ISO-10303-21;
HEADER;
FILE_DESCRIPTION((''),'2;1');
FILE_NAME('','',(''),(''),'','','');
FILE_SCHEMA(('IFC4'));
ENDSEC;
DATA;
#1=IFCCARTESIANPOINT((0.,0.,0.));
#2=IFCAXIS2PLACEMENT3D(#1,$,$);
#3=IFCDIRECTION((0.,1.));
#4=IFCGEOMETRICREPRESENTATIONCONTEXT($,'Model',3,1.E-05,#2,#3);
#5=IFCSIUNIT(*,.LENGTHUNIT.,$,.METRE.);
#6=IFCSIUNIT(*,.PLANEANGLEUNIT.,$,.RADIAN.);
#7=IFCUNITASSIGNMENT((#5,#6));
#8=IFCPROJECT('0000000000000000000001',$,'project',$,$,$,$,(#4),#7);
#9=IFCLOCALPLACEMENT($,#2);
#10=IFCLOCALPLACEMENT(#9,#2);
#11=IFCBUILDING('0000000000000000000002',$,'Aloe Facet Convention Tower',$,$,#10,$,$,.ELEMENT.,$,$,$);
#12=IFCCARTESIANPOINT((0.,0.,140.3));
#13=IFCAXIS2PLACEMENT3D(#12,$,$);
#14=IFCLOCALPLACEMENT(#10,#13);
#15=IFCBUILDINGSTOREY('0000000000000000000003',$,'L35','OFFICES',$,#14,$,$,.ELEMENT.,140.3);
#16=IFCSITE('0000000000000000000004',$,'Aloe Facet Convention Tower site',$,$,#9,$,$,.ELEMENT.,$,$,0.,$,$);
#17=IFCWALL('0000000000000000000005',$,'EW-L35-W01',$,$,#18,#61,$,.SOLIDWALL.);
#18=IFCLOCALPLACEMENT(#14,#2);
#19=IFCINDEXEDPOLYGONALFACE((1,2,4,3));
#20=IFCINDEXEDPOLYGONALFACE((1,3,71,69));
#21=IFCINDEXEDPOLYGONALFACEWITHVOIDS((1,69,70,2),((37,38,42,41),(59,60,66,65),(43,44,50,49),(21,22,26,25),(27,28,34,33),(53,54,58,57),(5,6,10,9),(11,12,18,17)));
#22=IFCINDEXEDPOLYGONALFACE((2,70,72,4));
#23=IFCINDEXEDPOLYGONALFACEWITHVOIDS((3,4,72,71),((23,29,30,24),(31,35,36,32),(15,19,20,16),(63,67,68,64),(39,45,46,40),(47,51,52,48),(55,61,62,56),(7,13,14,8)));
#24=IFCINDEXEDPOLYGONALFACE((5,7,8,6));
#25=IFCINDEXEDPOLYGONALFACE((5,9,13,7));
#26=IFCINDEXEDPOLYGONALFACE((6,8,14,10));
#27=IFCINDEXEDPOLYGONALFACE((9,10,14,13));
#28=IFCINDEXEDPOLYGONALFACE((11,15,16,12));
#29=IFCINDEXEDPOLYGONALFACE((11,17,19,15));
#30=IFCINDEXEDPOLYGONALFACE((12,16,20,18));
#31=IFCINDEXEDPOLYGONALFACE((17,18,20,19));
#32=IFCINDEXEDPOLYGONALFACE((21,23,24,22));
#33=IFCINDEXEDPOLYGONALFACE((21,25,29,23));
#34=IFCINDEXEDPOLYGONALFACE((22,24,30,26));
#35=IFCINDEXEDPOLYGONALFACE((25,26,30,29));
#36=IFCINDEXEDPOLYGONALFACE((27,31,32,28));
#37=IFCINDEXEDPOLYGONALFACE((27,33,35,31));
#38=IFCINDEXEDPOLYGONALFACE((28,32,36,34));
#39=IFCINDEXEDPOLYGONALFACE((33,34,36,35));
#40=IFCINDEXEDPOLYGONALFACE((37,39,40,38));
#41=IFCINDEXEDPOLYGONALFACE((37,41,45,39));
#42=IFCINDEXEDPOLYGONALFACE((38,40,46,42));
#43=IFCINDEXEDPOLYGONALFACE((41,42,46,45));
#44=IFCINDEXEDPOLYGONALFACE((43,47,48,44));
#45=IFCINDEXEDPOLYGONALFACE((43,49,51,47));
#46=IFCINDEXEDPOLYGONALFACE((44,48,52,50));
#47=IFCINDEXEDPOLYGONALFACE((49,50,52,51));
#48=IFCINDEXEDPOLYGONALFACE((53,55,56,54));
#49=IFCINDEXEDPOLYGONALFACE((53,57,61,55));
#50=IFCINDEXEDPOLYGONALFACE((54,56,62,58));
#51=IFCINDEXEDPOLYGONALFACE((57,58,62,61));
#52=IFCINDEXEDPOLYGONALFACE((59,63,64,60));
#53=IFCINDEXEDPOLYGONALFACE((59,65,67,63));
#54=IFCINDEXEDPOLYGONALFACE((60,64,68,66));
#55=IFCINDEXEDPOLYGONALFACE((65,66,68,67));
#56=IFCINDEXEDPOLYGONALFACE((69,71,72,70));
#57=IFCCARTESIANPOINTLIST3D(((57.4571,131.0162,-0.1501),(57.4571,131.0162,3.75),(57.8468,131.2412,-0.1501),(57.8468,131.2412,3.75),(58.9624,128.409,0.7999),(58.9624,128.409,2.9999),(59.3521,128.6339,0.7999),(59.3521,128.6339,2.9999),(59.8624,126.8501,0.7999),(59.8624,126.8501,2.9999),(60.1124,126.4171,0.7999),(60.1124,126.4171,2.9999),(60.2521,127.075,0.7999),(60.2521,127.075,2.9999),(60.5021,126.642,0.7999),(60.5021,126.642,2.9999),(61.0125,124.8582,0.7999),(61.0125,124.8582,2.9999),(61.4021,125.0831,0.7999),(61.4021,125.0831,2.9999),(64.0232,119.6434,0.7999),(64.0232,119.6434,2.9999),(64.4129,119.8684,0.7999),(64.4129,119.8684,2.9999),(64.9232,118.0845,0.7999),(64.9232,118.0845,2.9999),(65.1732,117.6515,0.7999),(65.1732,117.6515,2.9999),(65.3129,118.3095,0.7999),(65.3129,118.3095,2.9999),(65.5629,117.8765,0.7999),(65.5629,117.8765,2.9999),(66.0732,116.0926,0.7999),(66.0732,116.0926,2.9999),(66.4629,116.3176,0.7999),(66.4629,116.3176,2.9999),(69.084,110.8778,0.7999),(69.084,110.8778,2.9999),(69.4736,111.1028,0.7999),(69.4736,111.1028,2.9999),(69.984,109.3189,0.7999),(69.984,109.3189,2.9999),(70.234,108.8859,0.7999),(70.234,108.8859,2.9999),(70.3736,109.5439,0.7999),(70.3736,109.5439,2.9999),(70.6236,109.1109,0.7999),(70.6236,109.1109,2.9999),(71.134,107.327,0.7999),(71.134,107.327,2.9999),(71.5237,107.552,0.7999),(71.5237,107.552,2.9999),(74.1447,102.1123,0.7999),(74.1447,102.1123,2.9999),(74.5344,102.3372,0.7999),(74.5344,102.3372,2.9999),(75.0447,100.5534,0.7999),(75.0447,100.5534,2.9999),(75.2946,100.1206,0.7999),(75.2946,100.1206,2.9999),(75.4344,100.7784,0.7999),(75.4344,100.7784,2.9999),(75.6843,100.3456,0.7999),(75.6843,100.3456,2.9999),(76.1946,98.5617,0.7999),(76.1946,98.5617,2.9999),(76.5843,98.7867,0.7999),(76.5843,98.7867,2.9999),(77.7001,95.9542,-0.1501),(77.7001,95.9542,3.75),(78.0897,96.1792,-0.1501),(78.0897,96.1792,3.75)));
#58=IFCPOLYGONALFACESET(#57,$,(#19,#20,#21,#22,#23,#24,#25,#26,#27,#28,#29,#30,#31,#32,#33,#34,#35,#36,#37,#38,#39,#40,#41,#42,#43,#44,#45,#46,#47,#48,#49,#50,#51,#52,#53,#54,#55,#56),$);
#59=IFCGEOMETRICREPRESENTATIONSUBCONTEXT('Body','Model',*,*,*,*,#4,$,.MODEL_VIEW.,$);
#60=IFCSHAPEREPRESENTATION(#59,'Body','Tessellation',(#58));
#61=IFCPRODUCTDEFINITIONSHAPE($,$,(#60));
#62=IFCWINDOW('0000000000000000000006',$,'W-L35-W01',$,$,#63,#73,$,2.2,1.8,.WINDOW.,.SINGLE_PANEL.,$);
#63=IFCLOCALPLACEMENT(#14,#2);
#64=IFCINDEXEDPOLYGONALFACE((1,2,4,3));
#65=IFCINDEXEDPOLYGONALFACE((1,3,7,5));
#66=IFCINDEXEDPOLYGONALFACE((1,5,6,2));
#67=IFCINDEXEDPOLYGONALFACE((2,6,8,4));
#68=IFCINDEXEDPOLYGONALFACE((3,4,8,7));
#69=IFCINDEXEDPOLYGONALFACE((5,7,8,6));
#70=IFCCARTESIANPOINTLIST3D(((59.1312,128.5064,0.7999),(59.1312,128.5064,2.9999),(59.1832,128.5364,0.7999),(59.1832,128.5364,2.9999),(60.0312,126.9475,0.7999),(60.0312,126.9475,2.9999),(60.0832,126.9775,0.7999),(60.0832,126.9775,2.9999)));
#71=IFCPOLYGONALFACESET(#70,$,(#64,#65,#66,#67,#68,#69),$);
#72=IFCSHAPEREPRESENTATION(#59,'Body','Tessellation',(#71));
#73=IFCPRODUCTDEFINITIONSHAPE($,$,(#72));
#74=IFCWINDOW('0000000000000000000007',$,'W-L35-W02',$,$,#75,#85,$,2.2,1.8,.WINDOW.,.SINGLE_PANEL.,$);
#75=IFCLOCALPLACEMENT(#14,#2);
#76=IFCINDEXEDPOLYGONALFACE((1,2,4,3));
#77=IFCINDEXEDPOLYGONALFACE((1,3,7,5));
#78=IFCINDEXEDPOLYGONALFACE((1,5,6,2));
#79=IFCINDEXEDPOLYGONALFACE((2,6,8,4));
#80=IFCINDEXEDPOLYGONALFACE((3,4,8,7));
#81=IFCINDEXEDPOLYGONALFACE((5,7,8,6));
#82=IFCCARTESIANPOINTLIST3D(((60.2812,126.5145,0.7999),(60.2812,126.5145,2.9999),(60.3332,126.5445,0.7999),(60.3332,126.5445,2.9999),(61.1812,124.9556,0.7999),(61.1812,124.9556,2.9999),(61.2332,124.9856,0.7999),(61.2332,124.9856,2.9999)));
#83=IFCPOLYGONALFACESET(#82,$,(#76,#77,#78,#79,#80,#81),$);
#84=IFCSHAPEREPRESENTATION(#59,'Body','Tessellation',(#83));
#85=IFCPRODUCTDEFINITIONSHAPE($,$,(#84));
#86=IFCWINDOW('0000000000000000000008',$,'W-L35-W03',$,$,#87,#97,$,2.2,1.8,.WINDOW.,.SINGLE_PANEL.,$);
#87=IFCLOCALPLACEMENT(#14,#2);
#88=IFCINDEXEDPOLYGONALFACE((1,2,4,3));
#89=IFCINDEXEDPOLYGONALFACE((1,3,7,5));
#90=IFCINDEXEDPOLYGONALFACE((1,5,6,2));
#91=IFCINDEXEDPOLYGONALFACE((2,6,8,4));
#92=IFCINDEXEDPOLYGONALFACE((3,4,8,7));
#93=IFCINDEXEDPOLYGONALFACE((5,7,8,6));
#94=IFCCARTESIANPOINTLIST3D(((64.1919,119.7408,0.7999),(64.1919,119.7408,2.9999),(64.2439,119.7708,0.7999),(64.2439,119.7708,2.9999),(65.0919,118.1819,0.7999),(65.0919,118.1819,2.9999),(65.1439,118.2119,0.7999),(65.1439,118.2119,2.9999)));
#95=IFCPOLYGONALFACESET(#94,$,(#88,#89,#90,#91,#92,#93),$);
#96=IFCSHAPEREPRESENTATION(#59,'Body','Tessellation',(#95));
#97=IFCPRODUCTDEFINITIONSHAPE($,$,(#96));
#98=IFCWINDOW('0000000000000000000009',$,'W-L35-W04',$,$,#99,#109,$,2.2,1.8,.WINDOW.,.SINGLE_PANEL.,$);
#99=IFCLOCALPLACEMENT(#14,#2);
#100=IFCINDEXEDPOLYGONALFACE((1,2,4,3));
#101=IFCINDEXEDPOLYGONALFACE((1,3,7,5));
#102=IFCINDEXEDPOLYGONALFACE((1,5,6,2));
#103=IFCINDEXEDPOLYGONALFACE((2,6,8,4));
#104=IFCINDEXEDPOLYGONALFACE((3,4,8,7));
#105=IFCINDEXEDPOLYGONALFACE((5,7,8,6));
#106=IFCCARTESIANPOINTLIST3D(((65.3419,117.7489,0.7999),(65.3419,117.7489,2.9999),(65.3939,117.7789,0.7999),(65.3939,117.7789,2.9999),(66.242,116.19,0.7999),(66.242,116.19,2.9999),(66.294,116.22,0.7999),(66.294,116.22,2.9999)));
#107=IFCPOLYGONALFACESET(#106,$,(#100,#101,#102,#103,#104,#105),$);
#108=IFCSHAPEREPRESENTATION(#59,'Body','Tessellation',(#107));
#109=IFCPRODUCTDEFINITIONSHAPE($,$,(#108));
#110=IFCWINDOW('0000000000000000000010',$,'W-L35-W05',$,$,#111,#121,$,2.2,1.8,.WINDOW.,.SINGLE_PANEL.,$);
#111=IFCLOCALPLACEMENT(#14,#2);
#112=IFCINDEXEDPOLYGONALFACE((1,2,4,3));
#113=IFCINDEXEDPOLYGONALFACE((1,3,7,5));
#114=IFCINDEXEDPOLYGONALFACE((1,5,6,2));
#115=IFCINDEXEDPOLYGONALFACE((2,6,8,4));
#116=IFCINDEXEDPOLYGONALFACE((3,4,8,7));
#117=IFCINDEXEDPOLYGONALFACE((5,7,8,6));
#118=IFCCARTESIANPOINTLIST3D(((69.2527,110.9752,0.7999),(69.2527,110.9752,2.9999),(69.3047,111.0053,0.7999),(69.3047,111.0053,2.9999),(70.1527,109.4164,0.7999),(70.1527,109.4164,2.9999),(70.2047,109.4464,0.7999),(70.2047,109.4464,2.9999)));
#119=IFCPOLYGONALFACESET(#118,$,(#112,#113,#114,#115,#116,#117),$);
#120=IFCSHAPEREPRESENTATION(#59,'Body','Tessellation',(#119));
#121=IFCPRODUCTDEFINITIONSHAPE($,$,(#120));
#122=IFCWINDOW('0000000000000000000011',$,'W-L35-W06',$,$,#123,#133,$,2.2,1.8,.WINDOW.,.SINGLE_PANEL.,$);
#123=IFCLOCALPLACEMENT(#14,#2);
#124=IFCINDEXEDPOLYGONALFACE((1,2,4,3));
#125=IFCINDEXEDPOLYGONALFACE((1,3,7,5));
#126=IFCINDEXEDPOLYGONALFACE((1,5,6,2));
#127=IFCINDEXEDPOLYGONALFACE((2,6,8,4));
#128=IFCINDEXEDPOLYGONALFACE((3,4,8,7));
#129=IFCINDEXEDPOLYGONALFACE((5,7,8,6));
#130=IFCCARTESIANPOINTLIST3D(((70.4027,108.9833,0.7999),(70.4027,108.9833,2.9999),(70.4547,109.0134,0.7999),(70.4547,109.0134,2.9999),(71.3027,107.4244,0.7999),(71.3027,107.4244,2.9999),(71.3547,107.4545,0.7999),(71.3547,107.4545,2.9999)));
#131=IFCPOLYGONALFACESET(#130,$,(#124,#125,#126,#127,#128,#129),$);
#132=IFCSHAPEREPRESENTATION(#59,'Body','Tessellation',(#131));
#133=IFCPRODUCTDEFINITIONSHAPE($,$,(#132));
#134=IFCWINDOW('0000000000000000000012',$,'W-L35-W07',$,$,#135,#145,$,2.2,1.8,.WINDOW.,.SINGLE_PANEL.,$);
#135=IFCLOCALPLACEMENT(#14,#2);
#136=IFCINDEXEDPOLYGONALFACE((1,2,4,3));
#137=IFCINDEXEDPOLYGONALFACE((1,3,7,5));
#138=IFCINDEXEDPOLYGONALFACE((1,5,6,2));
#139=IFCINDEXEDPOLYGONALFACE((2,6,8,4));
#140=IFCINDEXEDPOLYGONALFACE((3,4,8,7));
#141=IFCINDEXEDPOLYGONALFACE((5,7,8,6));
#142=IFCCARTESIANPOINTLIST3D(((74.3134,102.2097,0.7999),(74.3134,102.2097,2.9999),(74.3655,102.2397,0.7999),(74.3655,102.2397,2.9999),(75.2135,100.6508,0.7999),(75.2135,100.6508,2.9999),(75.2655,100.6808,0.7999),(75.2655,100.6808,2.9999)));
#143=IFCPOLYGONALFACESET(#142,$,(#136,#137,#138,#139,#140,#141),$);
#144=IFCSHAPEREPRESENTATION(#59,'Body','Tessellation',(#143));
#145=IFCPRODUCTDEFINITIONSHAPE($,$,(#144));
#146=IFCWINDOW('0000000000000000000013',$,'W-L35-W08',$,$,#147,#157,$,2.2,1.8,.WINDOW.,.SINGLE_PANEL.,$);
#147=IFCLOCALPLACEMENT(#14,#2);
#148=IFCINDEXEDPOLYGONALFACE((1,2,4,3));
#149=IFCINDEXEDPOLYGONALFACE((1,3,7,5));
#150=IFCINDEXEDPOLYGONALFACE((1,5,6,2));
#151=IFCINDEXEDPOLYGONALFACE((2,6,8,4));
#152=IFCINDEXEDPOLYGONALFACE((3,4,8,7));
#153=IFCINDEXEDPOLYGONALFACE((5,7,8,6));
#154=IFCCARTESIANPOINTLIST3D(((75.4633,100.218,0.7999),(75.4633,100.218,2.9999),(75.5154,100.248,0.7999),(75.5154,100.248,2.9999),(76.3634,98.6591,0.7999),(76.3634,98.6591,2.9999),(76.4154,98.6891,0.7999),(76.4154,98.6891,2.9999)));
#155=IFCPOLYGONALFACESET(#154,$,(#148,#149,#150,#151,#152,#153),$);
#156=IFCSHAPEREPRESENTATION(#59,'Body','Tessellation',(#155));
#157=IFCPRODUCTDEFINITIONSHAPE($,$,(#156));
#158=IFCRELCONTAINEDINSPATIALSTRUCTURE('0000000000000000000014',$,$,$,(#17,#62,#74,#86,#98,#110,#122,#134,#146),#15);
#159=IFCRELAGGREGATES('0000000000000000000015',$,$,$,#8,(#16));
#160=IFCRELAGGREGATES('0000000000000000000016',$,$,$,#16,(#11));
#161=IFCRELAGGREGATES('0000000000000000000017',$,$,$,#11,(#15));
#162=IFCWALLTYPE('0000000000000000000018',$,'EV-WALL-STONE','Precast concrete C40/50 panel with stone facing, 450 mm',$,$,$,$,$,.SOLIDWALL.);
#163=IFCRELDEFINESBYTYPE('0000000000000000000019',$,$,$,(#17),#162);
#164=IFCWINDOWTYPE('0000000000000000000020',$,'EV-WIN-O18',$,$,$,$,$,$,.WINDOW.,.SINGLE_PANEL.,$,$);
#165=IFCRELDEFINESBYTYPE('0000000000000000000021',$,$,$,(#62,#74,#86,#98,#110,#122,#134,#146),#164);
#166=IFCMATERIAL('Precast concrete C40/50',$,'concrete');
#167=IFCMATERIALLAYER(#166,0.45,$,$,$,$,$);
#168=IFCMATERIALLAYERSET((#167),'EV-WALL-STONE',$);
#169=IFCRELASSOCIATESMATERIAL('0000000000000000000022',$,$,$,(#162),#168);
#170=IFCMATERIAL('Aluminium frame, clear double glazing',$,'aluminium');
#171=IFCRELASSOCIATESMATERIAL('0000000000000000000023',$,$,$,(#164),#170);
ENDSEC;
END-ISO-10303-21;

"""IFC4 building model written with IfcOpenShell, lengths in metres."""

from ifc_helpers import new_model, si_unit, direction, frame, frame_2d, origin, place, context, subcontext, project, spatial, polyline, rectangle, outline, extrude, material, layer, layer_set, type_object, element, fill, save


model = new_model("IFC4")

# Units and contexts
model_context = context("Model", 3, precision=1e-05, world=origin(), true_north=direction((0.0, 1.0)))
body_context = subcontext(model_context, "Body", "Model", "MODEL_VIEW")
ifc_project = project(units=[si_unit("LENGTHUNIT", "METRE"), si_unit("PLANEANGLEUNIT", "RADIAN")], contexts=[model_context])

# Site, building, storey
site_placement = place(None, origin())
site = spatial("IfcSite", under=ifc_project, at=site_placement, Name="Aloe Facet Convention Tower site", CompositionType="ELEMENT", RefElevation=0.0)
building_placement = place(site_placement, origin())
building = spatial("IfcBuilding", under=site, at=building_placement, Name="Aloe Facet Convention Tower", CompositionType="ELEMENT")
storey_placement = place(building_placement, frame((0.0, 0.0, 140.3)))
storey = spatial("IfcBuildingStorey", under=building, at=storey_placement, Name="L35", Description="OFFICES", CompositionType="ELEMENT", Elevation=140.3)

# Wall, openings, windows
ifc_material_1 = material(Name="Precast concrete C40/50", Category="concrete")
ifc_layer_1 = layer(ifc_material_1, 0.45)
ifc_layer_set_1 = layer_set([ifc_layer_1], Name="EV-WALL-STONE")
wall_type = type_object("IfcWallType", Name="EV-WALL-STONE", Description="Precast concrete C40/50 panel with stone facing, 450 mm", PredefinedType="SOLIDWALL", material=ifc_layer_set_1)
wall_placement = place(storey_placement, frame((57.6519, 131.1287, -0.1501), z_axis=(0.0, 0.0, 1.0), x_axis=(0.499997, -0.866027, 0.0)))
wall = element("IfcWall", 1, at=wall_placement, inside=storey, type_object=wall_type, Name="EW-L35-W01", PredefinedType="SOLIDWALL", context=body_context, shape_type="SweptSolid", body=[
    extrude(outline(polyline([(40.4861, 0.0), (40.4861, 3.9001), (0.0, 3.9001), (0.0, 0.0), (40.4861, 0.0)])), frame((0.0, 0.2251, 0.0), z_axis=(0.0, -1.0, 0.0), x_axis=(1.0, 0.0, 0.0)), (0.0, 0.0, 1.0), 0.45),
])
opening_1_placement = place(wall_placement, frame((3.0107, 0.0, 0.95)))
opening_1 = element("IfcOpeningElement", 2, at=opening_1_placement, cuts=wall, PredefinedType="OPENING", context=body_context, shape_type="SweptSolid", body=[
    extrude(rectangle(XDim=1.8, YDim=2.2, at=frame_2d((0.8999, 1.1001))), frame((0.0, 0.2349, 0.0), z_axis=(0.0, -1.0, 0.0), x_axis=(1.0, 0.0, 0.0)), (0.0, 0.0, 1.0), 0.47),
])
opening_2_placement = place(wall_placement, frame((5.3108, 0.0, 0.95)))
opening_2 = element("IfcOpeningElement", 3, at=opening_2_placement, cuts=wall, PredefinedType="OPENING", context=body_context, shape_type="SweptSolid", body=[
    extrude(rectangle(XDim=1.8, YDim=2.2, at=frame_2d((0.8999, 1.1001))), frame((0.0, 0.2349, 0.0), z_axis=(0.0, -1.0, 0.0), x_axis=(1.0, 0.0, 0.0)), (0.0, 0.0, 1.0), 0.47),
])
opening_3_placement = place(wall_placement, frame((13.1323, 0.0, 0.95)))
opening_3 = element("IfcOpeningElement", 4, at=opening_3_placement, cuts=wall, PredefinedType="OPENING", context=body_context, shape_type="SweptSolid", body=[
    extrude(rectangle(XDim=1.8, YDim=2.2, at=frame_2d((0.8999, 1.1001))), frame((0.0, 0.2349, 0.0), z_axis=(0.0, -1.0, 0.0), x_axis=(1.0, 0.0, 0.0)), (0.0, 0.0, 1.0), 0.47),
])
opening_4_placement = place(wall_placement, frame((15.4324, 0.0, 0.95)))
opening_4 = element("IfcOpeningElement", 5, at=opening_4_placement, cuts=wall, PredefinedType="OPENING", context=body_context, shape_type="SweptSolid", body=[
    extrude(rectangle(XDim=1.8, YDim=2.2, at=frame_2d((0.8999, 1.1001))), frame((0.0, 0.2349, 0.0), z_axis=(0.0, -1.0, 0.0), x_axis=(1.0, 0.0, 0.0)), (0.0, 0.0, 1.0), 0.47),
])
opening_5_placement = place(wall_placement, frame((23.2539, 0.0, 0.95)))
opening_5 = element("IfcOpeningElement", 6, at=opening_5_placement, cuts=wall, PredefinedType="OPENING", context=body_context, shape_type="SweptSolid", body=[
    extrude(rectangle(XDim=1.8, YDim=2.2, at=frame_2d((0.8999, 1.1001))), frame((0.0, 0.2349, 0.0), z_axis=(0.0, -1.0, 0.0), x_axis=(1.0, 0.0, 0.0)), (0.0, 0.0, 1.0), 0.47),
])
opening_6_placement = place(wall_placement, frame((25.554, 0.0, 0.95)))
opening_6 = element("IfcOpeningElement", 7, at=opening_6_placement, cuts=wall, PredefinedType="OPENING", context=body_context, shape_type="SweptSolid", body=[
    extrude(rectangle(XDim=1.8, YDim=2.2, at=frame_2d((0.8999, 1.1001))), frame((0.0, 0.2349, 0.0), z_axis=(0.0, -1.0, 0.0), x_axis=(1.0, 0.0, 0.0)), (0.0, 0.0, 1.0), 0.47),
])
opening_7_placement = place(wall_placement, frame((33.3755, 0.0, 0.95)))
opening_7 = element("IfcOpeningElement", 8, at=opening_7_placement, cuts=wall, PredefinedType="OPENING", context=body_context, shape_type="SweptSolid", body=[
    extrude(rectangle(XDim=1.8, YDim=2.2, at=frame_2d((0.8999, 1.1001))), frame((0.0, 0.2349, 0.0), z_axis=(0.0, -1.0, 0.0), x_axis=(1.0, 0.0, 0.0)), (0.0, 0.0, 1.0), 0.47),
])
opening_8_placement = place(wall_placement, frame((35.6753, 0.0, 0.95)))
opening_8 = element("IfcOpeningElement", 9, at=opening_8_placement, cuts=wall, PredefinedType="OPENING", context=body_context, shape_type="SweptSolid", body=[
    extrude(rectangle(XDim=1.8, YDim=2.2, at=frame_2d((0.8999, 1.1001))), frame((0.0, 0.2349, 0.0), z_axis=(0.0, -1.0, 0.0), x_axis=(1.0, 0.0, 0.0)), (0.0, 0.0, 1.0), 0.47),
])
ifc_material_2 = material(Name="Aluminium frame, clear double glazing", Category="aluminium")
window_type = type_object("IfcWindowType", Name="EV-WIN-O18", PartitioningType="SINGLE_PANEL", PredefinedType="WINDOW", material=ifc_material_2)
window_1_placement = place(opening_1_placement, origin())
window_1 = element("IfcWindow", 10, at=window_1_placement, inside=storey, type_object=window_type, Name="W-L35-W01", OverallHeight=2.2, OverallWidth=1.8, PartitioningType="SINGLE_PANEL", PredefinedType="WINDOW", context=body_context, shape_type="SweptSolid", body=[
    extrude(rectangle(XDim=1.8, YDim=2.2, at=frame_2d((0.8999, 1.1001))), frame((0.0, 0.03, 0.0), z_axis=(0.0, -1.0, 0.0), x_axis=(1.0, 0.0, 0.0)), (0.0, 0.0, 1.0), 0.0601),
])
fill(opening_1, window_1)
window_2_placement = place(opening_2_placement, origin())
window_2 = element("IfcWindow", 11, at=window_2_placement, inside=storey, type_object=window_type, Name="W-L35-W02", OverallHeight=2.2, OverallWidth=1.8, PartitioningType="SINGLE_PANEL", PredefinedType="WINDOW", context=body_context, shape_type="SweptSolid", body=[
    extrude(rectangle(XDim=1.8, YDim=2.2, at=frame_2d((0.8999, 1.1001))), frame((0.0, 0.03, 0.0), z_axis=(0.0, -1.0, 0.0), x_axis=(1.0, 0.0, 0.0)), (0.0, 0.0, 1.0), 0.0601),
])
fill(opening_2, window_2)
window_3_placement = place(opening_3_placement, origin())
window_3 = element("IfcWindow", 12, at=window_3_placement, inside=storey, type_object=window_type, Name="W-L35-W03", OverallHeight=2.2, OverallWidth=1.8, PartitioningType="SINGLE_PANEL", PredefinedType="WINDOW", context=body_context, shape_type="SweptSolid", body=[
    extrude(rectangle(XDim=1.8, YDim=2.2, at=frame_2d((0.8999, 1.1001))), frame((0.0, 0.03, 0.0), z_axis=(0.0, -1.0, 0.0), x_axis=(1.0, 0.0, 0.0)), (0.0, 0.0, 1.0), 0.0601),
])
fill(opening_3, window_3)
window_4_placement = place(opening_4_placement, origin())
window_4 = element("IfcWindow", 13, at=window_4_placement, inside=storey, type_object=window_type, Name="W-L35-W04", OverallHeight=2.2, OverallWidth=1.8, PartitioningType="SINGLE_PANEL", PredefinedType="WINDOW", context=body_context, shape_type="SweptSolid", body=[
    extrude(rectangle(XDim=1.8, YDim=2.2, at=frame_2d((0.8999, 1.1001))), frame((0.0, 0.03, 0.0), z_axis=(0.0, -1.0, 0.0), x_axis=(1.0, 0.0, 0.0)), (0.0, 0.0, 1.0), 0.0601),
])
fill(opening_4, window_4)
window_5_placement = place(opening_5_placement, origin())
window_5 = element("IfcWindow", 14, at=window_5_placement, inside=storey, type_object=window_type, Name="W-L35-W05", OverallHeight=2.2, OverallWidth=1.8, PartitioningType="SINGLE_PANEL", PredefinedType="WINDOW", context=body_context, shape_type="SweptSolid", body=[
    extrude(rectangle(XDim=1.8, YDim=2.2, at=frame_2d((0.8999, 1.1001))), frame((0.0, 0.03, 0.0), z_axis=(0.0, -1.0, 0.0), x_axis=(1.0, 0.0, 0.0)), (0.0, 0.0, 1.0), 0.0601),
])
fill(opening_5, window_5)
window_6_placement = place(opening_6_placement, origin())
window_6 = element("IfcWindow", 15, at=window_6_placement, inside=storey, type_object=window_type, Name="W-L35-W06", OverallHeight=2.2, OverallWidth=1.8, PartitioningType="SINGLE_PANEL", PredefinedType="WINDOW", context=body_context, shape_type="SweptSolid", body=[
    extrude(rectangle(XDim=1.8, YDim=2.2, at=frame_2d((0.8999, 1.1001))), frame((0.0, 0.03, 0.0), z_axis=(0.0, -1.0, 0.0), x_axis=(1.0, 0.0, 0.0)), (0.0, 0.0, 1.0), 0.0601),
])
fill(opening_6, window_6)
window_7_placement = place(opening_7_placement, origin())
window_7 = element("IfcWindow", 16, at=window_7_placement, inside=storey, type_object=window_type, Name="W-L35-W07", OverallHeight=2.2, OverallWidth=1.8, PartitioningType="SINGLE_PANEL", PredefinedType="WINDOW", context=body_context, shape_type="SweptSolid", body=[
    extrude(rectangle(XDim=1.8, YDim=2.2, at=frame_2d((0.8999, 1.1001))), frame((0.0, 0.03, 0.0), z_axis=(0.0, -1.0, 0.0), x_axis=(1.0, 0.0, 0.0)), (0.0, 0.0, 1.0), 0.0601),
])
fill(opening_7, window_7)
window_8_placement = place(opening_8_placement, origin())
window_8 = element("IfcWindow", 17, at=window_8_placement, inside=storey, type_object=window_type, Name="W-L35-W08", OverallHeight=2.2, OverallWidth=1.8, PartitioningType="SINGLE_PANEL", PredefinedType="WINDOW", context=body_context, shape_type="SweptSolid", body=[
    extrude(rectangle(XDim=1.8, YDim=2.2, at=frame_2d((0.8999, 1.1001))), frame((0.0, 0.03, 0.0), z_axis=(0.0, -1.0, 0.0), x_axis=(1.0, 0.0, 0.0)), (0.0, 0.0, 1.0), 0.0601),
])
fill(opening_8, window_8)

save(model, "model.ifc")
